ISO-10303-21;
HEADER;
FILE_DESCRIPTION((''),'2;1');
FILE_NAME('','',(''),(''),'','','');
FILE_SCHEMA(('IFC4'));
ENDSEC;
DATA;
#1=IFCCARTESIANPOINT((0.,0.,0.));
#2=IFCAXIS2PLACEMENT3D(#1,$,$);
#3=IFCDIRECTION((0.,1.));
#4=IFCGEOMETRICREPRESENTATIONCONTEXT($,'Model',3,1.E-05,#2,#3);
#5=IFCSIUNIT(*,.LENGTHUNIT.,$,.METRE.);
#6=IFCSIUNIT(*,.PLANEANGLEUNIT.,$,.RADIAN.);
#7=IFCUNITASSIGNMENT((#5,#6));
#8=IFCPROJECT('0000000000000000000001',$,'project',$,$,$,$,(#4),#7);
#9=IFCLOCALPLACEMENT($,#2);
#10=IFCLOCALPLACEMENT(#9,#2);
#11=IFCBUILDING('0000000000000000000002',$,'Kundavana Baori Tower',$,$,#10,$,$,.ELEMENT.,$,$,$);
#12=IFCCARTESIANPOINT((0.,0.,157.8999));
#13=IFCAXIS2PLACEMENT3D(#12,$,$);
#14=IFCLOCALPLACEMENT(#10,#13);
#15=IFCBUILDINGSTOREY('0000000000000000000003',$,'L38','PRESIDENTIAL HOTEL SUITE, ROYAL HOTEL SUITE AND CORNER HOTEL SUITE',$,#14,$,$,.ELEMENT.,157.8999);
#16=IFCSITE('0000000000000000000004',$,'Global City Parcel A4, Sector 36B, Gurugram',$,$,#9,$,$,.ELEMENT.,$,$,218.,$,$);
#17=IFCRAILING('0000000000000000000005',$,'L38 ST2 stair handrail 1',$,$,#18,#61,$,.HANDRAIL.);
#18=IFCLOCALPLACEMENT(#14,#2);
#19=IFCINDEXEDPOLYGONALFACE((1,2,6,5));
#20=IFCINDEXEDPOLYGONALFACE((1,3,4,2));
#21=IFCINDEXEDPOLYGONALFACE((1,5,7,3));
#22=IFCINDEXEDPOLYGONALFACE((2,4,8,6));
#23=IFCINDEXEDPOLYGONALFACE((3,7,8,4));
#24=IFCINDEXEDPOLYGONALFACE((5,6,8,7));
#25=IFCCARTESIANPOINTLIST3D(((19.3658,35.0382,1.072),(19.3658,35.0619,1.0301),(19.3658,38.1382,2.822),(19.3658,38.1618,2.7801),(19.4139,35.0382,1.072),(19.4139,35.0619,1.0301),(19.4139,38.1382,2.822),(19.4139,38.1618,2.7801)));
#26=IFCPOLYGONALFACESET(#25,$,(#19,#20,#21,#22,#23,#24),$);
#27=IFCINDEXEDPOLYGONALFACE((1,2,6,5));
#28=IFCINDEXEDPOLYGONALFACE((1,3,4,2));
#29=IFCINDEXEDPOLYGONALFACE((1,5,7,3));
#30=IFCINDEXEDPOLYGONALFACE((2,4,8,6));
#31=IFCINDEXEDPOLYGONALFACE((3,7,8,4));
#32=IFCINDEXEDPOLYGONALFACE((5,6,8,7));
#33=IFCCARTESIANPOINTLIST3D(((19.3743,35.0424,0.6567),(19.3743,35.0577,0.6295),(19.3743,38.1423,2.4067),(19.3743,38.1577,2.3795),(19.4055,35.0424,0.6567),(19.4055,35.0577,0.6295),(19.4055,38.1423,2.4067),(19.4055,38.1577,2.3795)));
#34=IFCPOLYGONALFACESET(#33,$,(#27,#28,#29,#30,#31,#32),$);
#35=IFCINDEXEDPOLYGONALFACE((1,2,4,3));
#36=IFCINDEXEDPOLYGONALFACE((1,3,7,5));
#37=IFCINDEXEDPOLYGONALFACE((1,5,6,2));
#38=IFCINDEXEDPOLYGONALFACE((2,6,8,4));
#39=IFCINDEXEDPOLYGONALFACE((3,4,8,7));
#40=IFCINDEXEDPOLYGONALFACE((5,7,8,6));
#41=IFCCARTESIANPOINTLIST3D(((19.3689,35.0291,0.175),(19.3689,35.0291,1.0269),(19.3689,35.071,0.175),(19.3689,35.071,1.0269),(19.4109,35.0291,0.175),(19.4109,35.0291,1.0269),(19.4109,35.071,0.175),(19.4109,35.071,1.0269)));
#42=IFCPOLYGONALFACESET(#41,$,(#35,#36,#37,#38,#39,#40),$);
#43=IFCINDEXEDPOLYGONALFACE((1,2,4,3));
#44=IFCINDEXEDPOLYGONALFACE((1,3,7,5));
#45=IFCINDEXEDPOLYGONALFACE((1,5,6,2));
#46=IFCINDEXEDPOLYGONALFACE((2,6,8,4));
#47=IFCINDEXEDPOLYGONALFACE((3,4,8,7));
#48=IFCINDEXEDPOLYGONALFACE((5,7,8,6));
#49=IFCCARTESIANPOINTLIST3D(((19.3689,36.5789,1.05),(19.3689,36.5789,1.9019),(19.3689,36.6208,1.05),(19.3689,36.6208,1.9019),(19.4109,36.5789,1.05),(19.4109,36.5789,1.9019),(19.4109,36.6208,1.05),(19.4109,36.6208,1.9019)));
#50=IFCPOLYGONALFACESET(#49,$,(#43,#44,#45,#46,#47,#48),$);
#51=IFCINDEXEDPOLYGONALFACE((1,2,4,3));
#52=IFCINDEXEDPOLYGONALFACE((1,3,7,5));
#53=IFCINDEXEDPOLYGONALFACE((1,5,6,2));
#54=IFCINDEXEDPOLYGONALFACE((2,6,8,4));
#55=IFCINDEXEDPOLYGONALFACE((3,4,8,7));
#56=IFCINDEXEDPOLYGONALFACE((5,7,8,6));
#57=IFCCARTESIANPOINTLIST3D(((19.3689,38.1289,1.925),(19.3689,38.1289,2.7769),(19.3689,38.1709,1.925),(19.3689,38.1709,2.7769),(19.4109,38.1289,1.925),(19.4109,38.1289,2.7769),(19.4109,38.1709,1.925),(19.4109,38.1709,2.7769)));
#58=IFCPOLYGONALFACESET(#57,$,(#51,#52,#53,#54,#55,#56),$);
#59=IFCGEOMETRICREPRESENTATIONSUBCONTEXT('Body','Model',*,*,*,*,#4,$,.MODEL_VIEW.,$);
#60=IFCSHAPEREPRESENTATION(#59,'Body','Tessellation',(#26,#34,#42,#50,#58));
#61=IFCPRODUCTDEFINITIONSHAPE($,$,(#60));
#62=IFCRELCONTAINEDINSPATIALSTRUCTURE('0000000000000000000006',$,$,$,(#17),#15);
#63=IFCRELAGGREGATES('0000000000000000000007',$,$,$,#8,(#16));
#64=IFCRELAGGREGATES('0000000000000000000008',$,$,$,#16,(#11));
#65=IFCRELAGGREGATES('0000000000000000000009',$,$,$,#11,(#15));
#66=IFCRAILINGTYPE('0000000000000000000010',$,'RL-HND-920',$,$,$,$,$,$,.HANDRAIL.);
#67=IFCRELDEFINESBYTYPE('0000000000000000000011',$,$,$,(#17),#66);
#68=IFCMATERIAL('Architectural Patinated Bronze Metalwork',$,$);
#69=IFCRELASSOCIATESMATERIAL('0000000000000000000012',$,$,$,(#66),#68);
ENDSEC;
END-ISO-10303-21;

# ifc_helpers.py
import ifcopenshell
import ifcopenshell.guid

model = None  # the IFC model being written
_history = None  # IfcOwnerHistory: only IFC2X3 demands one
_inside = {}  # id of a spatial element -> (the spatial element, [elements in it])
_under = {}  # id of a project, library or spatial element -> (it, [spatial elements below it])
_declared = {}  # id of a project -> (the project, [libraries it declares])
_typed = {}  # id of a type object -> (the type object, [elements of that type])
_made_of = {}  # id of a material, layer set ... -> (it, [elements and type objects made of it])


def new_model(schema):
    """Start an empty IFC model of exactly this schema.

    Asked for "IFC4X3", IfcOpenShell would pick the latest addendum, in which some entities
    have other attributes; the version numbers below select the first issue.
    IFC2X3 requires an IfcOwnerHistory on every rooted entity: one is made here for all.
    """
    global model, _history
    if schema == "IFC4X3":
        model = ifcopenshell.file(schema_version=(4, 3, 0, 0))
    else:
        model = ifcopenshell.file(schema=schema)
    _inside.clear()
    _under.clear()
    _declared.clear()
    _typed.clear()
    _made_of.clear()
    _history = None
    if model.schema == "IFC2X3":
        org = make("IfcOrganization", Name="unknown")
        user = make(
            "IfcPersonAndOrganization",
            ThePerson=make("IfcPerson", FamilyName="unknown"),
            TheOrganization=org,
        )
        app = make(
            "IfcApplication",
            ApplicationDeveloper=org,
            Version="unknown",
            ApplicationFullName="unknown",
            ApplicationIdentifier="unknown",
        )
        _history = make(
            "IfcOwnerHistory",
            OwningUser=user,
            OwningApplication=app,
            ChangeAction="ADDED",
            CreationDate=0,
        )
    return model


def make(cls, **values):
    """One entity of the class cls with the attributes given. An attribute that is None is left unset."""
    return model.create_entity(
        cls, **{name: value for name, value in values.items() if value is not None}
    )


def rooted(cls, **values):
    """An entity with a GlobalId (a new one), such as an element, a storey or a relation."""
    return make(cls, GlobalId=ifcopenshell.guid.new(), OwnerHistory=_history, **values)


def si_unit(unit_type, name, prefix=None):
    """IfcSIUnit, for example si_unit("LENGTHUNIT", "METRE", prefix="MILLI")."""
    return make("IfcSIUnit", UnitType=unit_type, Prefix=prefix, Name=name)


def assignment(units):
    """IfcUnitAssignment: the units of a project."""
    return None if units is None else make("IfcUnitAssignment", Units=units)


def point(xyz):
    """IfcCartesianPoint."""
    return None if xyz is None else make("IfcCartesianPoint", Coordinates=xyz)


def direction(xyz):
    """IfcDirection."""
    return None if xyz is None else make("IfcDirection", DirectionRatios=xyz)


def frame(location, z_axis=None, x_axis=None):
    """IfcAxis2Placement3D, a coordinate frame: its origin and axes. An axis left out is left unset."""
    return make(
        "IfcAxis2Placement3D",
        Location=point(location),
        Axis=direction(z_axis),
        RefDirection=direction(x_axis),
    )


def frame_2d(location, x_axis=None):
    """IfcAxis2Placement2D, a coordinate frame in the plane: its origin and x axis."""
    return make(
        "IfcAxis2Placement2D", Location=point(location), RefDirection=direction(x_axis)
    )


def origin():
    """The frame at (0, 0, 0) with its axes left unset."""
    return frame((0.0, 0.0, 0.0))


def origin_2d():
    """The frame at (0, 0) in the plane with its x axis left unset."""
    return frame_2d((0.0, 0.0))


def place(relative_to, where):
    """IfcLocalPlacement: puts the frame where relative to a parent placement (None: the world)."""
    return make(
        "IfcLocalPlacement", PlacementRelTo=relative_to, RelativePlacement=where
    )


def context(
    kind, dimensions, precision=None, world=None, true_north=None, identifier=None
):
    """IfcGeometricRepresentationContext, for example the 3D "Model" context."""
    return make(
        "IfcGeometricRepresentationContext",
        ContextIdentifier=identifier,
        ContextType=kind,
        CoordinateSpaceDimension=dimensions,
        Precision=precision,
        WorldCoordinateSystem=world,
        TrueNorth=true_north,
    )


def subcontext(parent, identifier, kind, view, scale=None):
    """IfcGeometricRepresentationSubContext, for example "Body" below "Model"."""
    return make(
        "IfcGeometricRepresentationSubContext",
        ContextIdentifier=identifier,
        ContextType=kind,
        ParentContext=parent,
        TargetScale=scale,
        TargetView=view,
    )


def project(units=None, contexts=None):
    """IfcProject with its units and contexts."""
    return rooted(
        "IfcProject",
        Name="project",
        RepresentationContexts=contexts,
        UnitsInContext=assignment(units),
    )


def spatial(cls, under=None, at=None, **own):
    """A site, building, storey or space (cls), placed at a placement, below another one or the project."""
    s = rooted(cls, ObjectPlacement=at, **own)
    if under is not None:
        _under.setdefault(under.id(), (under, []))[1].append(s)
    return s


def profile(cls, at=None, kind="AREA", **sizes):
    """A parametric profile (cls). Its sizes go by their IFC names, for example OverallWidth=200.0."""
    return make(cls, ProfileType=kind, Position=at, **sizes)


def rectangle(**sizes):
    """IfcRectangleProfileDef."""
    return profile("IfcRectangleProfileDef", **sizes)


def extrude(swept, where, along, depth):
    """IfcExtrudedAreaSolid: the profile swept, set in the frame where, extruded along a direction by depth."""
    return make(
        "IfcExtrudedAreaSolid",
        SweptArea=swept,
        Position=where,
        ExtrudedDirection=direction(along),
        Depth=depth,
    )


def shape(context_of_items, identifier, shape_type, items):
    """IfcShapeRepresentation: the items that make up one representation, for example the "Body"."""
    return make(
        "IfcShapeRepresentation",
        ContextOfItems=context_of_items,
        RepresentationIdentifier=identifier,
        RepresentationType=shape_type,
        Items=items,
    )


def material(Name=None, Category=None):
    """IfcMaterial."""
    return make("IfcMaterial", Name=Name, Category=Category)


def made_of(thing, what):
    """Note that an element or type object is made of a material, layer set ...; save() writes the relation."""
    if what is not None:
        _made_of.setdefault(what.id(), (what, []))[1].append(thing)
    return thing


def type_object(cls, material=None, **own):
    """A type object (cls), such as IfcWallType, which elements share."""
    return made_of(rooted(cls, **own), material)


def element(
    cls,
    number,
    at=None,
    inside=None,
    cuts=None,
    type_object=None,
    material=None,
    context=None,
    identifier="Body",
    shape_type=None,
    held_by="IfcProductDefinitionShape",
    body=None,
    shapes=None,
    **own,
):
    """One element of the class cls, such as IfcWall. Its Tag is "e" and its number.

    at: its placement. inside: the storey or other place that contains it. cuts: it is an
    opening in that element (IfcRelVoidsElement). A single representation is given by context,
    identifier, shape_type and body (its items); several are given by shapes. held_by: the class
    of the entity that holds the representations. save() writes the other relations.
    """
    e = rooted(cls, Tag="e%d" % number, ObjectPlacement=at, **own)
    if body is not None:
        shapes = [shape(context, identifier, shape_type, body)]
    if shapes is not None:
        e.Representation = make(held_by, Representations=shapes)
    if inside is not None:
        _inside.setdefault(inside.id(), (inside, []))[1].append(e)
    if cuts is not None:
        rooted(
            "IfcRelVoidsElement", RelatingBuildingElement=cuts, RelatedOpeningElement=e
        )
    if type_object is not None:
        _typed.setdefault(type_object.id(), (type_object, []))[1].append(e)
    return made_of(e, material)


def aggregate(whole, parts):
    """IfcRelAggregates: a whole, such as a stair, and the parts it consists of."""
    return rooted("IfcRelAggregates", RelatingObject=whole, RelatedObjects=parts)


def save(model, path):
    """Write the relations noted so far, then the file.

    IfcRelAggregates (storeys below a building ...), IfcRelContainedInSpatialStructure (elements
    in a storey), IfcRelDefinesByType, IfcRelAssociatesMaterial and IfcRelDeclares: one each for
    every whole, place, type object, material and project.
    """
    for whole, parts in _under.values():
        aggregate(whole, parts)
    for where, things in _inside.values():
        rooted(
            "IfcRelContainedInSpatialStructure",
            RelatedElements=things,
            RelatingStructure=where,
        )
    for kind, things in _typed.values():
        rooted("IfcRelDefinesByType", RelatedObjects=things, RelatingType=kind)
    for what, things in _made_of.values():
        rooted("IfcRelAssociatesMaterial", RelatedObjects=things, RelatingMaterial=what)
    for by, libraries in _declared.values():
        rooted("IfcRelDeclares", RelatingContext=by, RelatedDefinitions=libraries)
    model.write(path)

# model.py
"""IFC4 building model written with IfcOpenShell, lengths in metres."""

from ifc_helpers import new_model, si_unit, direction, frame, origin, origin_2d, place, context, subcontext, project, spatial, rectangle, extrude, material, type_object, element, save


model = new_model("IFC4")

# Units and contexts
model_context = context("Model", 3, precision=1e-05, world=origin(), true_north=direction((0.0, 1.0)))
body_context = subcontext(model_context, "Body", "Model", "MODEL_VIEW")
ifc_project = project(units=[si_unit("LENGTHUNIT", "METRE"), si_unit("PLANEANGLEUNIT", "RADIAN")], contexts=[model_context])

# Site, building, storey
site_placement = place(None, origin())
site = spatial("IfcSite", under=ifc_project, at=site_placement, Name="Global City Parcel A4, Sector 36B, Gurugram", CompositionType="ELEMENT", RefElevation=218.0)
building_placement = place(site_placement, origin())
building = spatial("IfcBuilding", under=site, at=building_placement, Name="Kundavana Baori Tower", CompositionType="ELEMENT")
storey_placement = place(building_placement, frame((0.0, 0.0, 157.8999)))
storey = spatial("IfcBuildingStorey", under=building, at=storey_placement, Name="L38", Description="PRESIDENTIAL HOTEL SUITE, ROYAL HOTEL SUITE AND CORNER HOTEL SUITE", CompositionType="ELEMENT", Elevation=157.8999)

# Railing
ifc_material_1 = material(Name="Architectural Patinated Bronze Metalwork")
railing_type_1 = type_object("IfcRailingType", Name="RL-HND-920", PredefinedType="HANDRAIL", material=ifc_material_1)
railing_1_placement = place(storey_placement, frame((19.3899, 35.05, 0.175)))
element("IfcRailing", 1, at=railing_1_placement, inside=storey, type_object=railing_type_1, Name="L38 ST2 stair handrail 1", PredefinedType="HANDRAIL", context=body_context, shape_type="SweptSolid", body=[
    extrude(rectangle(XDim=0.0481, YDim=0.0481, at=origin_2d()), frame((0.0, 0.0, 0.876), z_axis=(0.0, 0.870814, 0.491612), x_axis=(-1.0, 0.0, 0.0)), (0.0, 0.0, 1.0), 3.5598),
    extrude(rectangle(XDim=0.0312, YDim=0.0312, at=origin_2d()), frame((0.0, 0.0, 0.468), z_axis=(0.0, 0.870814, 0.491612), x_axis=(-1.0, 0.0, 0.0)), (0.0, 0.0, 1.0), 3.5598),
    extrude(rectangle(XDim=0.042, YDim=0.042, at=origin_2d()), origin(), (0.0, 0.0, 1.0), 0.8518),
    extrude(rectangle(XDim=0.042, YDim=0.042, at=origin_2d()), frame((0.0, 1.5498, 0.875)), (0.0, 0.0, 1.0), 0.8518),
    extrude(rectangle(XDim=0.042, YDim=0.042, at=origin_2d()), frame((0.0, 3.0999, 1.75)), (0.0, 0.0, 1.0), 0.8518),
])

save(model, "model.ifc")
